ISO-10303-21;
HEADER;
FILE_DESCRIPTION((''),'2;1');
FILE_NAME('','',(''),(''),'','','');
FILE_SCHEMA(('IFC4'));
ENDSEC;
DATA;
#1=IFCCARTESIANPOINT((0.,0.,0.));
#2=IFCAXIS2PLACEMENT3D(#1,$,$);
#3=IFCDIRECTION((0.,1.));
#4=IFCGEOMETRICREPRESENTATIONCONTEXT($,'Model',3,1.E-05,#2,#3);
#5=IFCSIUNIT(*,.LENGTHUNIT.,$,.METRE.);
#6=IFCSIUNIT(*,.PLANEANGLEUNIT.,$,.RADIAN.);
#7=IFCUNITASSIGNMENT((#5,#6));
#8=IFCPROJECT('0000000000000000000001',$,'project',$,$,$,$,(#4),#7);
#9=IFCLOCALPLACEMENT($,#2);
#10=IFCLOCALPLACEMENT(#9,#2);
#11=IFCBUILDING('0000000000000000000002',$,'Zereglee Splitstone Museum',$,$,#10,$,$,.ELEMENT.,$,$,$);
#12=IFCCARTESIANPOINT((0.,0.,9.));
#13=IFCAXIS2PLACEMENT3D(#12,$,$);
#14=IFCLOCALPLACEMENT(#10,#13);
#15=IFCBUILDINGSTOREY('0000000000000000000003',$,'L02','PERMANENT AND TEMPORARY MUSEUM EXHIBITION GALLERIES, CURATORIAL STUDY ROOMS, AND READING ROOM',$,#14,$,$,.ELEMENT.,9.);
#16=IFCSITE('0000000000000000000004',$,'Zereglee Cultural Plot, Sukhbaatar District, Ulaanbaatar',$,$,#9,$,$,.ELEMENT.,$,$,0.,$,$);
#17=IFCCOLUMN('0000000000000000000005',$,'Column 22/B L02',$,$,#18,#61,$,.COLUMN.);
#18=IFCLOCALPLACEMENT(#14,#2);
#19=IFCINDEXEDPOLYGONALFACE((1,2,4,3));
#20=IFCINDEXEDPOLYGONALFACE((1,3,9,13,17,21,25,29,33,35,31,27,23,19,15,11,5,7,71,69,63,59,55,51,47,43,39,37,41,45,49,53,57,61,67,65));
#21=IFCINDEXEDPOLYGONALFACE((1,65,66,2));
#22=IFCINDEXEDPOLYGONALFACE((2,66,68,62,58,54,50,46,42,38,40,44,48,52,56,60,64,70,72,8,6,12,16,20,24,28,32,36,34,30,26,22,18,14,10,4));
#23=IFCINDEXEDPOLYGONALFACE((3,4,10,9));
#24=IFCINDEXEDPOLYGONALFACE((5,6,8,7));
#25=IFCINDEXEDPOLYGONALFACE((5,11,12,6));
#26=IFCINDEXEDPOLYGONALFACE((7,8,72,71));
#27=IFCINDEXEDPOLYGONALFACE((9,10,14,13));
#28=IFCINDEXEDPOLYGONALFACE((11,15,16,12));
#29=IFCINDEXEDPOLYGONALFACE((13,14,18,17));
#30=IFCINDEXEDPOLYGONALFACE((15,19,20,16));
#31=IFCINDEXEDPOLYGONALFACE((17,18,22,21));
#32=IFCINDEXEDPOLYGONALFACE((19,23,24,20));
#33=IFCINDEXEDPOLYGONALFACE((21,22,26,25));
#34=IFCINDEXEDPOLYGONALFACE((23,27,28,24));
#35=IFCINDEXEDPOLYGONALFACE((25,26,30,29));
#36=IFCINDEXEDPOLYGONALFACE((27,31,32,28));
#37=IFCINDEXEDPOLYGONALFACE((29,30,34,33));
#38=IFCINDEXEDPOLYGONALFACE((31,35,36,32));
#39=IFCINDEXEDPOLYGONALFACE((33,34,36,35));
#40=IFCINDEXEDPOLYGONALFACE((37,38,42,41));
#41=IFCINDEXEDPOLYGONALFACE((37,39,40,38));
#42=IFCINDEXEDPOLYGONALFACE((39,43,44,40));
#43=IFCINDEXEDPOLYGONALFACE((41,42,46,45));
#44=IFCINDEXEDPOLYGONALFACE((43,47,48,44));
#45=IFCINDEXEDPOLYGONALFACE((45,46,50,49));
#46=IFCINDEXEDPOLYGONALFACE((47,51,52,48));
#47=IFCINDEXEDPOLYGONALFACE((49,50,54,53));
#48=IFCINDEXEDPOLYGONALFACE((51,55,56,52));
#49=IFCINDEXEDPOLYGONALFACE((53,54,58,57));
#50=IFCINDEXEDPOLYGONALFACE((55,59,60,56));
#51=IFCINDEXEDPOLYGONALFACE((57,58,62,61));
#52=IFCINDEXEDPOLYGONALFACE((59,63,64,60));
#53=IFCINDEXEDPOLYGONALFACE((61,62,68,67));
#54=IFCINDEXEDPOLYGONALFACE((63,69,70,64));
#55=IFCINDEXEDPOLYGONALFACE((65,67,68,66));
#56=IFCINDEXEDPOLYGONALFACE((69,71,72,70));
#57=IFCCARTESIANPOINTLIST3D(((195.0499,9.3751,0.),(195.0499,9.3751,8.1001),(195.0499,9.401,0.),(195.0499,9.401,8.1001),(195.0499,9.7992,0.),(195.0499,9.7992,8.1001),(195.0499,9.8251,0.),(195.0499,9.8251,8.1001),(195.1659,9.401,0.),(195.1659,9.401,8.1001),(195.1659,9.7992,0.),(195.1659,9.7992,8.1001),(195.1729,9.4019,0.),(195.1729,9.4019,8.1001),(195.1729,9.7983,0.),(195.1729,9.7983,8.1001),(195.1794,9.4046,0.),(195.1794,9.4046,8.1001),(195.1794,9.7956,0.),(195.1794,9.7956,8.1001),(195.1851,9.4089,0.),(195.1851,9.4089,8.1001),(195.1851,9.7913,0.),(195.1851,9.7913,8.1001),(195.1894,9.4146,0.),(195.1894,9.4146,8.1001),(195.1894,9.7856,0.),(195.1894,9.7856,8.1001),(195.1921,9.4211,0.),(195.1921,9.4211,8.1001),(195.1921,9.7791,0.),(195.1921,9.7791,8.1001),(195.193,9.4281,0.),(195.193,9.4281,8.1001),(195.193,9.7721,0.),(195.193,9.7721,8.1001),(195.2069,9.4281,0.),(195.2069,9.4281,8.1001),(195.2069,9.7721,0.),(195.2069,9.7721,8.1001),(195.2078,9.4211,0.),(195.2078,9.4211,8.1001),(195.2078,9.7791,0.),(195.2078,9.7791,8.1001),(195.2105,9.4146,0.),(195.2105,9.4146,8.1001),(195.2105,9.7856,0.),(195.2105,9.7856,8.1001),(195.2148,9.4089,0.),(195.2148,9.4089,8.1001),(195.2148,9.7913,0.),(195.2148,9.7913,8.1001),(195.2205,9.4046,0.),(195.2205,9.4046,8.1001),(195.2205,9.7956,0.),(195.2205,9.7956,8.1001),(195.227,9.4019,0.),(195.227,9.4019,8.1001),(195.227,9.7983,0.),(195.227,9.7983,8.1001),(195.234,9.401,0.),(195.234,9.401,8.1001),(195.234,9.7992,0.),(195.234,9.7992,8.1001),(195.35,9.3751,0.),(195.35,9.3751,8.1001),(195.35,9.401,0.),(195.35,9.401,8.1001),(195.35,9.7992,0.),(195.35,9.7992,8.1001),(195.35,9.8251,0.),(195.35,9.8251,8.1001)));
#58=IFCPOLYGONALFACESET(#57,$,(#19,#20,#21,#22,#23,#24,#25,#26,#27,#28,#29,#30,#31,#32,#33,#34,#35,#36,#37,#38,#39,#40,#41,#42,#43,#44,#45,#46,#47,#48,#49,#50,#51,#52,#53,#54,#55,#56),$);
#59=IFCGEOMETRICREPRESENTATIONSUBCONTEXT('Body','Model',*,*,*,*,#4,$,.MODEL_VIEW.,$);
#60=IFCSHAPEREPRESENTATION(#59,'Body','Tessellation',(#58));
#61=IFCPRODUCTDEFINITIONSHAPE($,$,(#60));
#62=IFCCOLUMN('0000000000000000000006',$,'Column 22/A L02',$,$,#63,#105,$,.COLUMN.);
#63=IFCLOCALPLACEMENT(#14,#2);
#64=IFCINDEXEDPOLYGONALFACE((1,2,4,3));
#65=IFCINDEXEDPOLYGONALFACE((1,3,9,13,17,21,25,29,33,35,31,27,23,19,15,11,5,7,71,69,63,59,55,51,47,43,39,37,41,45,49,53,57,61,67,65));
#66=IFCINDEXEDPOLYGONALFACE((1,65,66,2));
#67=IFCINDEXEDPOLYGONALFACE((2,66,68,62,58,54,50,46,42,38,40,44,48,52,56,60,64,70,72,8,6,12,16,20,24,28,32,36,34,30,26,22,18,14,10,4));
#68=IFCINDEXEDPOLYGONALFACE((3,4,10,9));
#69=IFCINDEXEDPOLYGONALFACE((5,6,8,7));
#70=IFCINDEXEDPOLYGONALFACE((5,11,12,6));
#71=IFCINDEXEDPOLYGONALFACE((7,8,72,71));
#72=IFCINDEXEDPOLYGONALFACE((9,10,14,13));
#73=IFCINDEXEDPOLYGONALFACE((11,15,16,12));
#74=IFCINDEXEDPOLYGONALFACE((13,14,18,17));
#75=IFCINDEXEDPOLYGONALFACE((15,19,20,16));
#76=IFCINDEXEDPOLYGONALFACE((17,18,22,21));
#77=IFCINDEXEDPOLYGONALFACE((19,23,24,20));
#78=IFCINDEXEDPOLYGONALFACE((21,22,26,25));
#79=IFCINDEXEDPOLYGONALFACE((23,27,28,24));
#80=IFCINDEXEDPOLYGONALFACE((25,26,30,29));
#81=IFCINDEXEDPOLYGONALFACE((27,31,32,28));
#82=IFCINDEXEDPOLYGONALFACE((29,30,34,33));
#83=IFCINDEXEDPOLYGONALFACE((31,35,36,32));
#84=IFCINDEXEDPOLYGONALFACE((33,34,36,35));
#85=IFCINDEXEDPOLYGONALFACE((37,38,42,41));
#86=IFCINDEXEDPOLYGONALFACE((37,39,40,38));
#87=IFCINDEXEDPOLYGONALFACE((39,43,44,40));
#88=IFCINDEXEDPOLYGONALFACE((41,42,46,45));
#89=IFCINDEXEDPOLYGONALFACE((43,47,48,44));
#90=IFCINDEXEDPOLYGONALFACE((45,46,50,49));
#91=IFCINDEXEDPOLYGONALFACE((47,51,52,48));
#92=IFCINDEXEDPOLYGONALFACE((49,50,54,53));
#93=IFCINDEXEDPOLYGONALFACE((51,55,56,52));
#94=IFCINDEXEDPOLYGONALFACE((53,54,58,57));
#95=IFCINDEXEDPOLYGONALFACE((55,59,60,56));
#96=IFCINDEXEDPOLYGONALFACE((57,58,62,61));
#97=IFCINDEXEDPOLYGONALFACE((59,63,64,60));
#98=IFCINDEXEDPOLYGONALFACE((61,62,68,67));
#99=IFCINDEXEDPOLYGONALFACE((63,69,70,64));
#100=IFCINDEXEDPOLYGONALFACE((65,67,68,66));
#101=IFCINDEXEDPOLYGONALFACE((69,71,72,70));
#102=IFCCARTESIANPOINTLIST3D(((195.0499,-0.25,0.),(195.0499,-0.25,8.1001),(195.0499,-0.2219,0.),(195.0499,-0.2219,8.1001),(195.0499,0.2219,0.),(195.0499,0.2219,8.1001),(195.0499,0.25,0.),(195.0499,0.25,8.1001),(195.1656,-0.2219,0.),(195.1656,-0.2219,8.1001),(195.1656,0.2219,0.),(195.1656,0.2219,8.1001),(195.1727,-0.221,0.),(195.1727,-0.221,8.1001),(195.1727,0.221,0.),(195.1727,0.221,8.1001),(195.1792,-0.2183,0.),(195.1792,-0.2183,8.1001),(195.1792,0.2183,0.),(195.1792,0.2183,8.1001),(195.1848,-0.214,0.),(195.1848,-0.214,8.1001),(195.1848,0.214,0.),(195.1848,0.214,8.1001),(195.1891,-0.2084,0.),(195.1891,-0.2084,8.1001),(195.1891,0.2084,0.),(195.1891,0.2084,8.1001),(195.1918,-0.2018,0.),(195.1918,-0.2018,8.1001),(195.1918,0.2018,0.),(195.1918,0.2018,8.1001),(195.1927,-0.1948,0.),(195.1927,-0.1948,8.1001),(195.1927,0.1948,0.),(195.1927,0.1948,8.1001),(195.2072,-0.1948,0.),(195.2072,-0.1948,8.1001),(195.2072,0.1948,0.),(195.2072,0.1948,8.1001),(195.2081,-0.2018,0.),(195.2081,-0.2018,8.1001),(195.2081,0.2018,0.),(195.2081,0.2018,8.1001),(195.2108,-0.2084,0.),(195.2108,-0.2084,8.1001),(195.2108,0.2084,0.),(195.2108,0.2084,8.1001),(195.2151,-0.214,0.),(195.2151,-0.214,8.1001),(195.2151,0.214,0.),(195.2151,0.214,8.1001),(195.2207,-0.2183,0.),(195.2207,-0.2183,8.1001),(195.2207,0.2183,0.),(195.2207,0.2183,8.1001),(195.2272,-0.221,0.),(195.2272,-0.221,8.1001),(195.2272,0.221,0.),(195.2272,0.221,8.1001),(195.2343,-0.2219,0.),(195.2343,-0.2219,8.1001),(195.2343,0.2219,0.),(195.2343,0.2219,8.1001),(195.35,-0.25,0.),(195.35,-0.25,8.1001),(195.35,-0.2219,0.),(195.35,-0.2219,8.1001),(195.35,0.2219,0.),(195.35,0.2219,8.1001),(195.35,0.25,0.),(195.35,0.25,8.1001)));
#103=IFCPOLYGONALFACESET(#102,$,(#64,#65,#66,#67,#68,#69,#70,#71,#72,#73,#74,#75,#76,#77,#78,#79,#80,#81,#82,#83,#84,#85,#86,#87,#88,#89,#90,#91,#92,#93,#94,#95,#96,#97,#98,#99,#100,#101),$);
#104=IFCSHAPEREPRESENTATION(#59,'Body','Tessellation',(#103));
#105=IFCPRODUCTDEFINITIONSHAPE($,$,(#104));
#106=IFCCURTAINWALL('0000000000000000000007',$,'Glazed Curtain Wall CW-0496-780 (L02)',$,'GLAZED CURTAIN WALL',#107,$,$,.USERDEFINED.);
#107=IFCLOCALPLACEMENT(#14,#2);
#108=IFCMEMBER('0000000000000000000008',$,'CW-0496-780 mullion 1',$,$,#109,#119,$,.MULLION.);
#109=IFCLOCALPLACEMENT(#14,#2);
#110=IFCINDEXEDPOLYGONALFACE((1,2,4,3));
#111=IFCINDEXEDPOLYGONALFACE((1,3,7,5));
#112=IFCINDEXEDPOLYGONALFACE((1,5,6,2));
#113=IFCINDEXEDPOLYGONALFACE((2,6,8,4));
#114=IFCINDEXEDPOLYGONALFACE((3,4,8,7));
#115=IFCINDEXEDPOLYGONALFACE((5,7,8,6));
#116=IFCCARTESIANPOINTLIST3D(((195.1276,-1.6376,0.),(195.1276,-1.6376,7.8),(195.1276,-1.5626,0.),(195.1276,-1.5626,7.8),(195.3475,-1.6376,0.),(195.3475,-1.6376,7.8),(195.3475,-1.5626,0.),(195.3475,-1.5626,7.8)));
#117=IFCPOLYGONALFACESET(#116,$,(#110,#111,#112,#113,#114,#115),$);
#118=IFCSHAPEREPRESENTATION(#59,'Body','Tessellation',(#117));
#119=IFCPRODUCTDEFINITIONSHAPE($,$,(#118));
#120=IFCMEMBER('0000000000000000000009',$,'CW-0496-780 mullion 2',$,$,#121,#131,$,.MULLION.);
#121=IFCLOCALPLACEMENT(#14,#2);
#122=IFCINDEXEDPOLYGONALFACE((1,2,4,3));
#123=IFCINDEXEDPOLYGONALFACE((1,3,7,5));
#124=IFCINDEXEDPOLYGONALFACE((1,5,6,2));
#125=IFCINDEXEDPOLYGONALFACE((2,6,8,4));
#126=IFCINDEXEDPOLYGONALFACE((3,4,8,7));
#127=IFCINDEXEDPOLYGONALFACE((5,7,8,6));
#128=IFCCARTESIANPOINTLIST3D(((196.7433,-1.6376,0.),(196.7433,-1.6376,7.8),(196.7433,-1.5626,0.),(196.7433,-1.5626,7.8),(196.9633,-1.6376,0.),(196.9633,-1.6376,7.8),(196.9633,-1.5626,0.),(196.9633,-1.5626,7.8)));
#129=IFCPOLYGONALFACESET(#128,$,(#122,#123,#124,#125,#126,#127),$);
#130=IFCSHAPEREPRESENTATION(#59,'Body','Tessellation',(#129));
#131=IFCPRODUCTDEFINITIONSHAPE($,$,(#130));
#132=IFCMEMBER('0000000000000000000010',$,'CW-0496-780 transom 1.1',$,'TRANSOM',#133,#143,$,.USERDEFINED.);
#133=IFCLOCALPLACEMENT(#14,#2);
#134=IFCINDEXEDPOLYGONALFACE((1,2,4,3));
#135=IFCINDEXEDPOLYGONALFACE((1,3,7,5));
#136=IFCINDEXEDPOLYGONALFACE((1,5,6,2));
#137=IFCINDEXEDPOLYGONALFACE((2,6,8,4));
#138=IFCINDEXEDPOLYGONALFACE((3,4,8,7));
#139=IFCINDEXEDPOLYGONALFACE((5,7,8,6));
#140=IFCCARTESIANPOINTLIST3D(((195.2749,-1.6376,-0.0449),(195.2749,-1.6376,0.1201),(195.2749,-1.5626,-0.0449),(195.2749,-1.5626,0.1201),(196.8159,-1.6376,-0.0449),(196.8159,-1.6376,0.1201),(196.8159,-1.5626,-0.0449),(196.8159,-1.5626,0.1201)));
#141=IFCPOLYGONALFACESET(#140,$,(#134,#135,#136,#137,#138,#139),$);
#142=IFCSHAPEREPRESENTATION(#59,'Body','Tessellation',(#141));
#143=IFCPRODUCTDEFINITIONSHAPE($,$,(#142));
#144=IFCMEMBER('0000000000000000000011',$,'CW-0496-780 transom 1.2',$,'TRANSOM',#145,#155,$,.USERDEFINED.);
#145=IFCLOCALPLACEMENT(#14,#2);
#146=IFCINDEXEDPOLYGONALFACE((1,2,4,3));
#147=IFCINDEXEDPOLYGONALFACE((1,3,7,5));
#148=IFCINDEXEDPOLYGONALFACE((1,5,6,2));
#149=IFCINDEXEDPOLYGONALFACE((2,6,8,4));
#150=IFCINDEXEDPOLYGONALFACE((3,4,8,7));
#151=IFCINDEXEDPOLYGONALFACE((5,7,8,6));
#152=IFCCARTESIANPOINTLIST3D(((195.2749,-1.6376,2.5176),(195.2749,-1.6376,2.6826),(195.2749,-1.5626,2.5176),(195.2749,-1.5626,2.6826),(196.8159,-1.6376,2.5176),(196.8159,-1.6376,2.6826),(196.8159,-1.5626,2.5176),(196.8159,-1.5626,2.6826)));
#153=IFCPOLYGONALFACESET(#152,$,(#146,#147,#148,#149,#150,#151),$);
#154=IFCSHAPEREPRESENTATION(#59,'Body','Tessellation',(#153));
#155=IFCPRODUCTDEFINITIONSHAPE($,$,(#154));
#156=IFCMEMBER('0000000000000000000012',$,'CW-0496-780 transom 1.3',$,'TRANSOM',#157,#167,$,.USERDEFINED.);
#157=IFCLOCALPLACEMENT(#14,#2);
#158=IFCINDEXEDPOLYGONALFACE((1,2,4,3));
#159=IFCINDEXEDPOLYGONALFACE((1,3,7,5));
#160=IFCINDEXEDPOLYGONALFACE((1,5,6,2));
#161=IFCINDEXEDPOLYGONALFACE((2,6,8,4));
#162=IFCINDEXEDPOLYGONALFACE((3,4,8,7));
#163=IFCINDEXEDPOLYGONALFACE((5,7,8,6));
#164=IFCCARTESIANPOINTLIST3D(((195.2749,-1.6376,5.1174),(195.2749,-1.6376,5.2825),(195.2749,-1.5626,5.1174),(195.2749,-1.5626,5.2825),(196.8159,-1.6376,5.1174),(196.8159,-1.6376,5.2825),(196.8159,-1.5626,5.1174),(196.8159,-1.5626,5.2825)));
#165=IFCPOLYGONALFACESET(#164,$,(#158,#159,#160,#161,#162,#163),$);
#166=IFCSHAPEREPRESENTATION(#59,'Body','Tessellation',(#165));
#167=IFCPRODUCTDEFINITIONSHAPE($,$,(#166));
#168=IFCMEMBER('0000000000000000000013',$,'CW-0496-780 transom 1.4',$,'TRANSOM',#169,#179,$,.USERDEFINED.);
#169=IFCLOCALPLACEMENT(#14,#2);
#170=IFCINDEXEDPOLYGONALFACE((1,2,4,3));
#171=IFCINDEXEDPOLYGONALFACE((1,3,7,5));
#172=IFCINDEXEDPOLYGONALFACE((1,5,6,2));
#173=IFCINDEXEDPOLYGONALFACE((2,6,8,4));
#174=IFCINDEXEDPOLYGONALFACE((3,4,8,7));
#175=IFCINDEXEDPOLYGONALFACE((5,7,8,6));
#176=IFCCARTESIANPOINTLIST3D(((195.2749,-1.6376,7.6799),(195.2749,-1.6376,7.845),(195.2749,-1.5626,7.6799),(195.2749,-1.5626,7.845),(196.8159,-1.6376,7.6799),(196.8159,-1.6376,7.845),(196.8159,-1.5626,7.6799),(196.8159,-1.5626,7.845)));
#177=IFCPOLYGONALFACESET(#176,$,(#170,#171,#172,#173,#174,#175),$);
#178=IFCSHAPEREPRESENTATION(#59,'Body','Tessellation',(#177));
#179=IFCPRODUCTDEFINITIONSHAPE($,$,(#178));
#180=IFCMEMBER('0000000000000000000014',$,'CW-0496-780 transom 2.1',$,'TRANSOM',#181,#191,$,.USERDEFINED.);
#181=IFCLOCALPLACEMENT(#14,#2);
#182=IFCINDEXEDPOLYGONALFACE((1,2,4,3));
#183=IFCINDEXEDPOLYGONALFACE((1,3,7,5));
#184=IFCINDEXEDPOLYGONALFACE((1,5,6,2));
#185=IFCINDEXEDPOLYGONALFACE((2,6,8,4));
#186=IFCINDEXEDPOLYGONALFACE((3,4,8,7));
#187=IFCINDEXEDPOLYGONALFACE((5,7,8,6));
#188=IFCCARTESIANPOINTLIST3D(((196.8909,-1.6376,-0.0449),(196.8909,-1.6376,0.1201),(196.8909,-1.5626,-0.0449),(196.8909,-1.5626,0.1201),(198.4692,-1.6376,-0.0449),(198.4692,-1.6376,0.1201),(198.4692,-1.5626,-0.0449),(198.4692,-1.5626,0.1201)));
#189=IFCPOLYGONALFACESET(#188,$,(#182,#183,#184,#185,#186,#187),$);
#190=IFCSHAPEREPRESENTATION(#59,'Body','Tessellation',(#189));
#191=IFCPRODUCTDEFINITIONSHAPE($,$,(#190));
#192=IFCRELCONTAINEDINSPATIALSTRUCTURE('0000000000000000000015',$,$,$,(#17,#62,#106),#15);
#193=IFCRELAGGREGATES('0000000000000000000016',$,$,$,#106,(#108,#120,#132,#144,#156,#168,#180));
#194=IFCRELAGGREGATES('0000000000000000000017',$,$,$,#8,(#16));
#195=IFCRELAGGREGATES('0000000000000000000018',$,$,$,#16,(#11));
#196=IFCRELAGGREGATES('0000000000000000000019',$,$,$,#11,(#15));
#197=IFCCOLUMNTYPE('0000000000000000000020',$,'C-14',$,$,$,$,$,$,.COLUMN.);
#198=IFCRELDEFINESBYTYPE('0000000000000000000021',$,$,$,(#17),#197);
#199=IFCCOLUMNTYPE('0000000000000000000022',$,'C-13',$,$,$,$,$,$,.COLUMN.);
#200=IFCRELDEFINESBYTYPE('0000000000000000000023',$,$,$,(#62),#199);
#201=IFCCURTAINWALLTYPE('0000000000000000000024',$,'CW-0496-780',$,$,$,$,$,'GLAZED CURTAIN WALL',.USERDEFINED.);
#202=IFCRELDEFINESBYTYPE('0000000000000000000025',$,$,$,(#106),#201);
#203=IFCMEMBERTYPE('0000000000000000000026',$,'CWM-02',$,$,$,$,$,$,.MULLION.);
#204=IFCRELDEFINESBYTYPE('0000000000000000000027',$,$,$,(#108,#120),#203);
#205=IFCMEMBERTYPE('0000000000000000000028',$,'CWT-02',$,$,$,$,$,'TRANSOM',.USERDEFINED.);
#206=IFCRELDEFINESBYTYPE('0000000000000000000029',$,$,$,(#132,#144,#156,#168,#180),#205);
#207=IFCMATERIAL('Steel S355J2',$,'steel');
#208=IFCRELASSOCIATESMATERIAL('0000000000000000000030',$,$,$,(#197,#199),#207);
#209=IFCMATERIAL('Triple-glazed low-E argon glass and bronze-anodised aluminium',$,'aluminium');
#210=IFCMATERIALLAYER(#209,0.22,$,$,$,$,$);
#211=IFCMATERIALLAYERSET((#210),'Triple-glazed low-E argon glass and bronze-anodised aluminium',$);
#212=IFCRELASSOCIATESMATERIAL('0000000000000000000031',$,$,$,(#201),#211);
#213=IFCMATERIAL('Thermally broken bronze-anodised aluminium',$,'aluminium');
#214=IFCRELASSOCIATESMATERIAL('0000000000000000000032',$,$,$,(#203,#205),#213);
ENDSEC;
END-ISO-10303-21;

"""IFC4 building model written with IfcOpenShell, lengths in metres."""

from ifc_helpers import new_model, si_unit, direction, frame, origin, origin_2d, place, context, subcontext, project, spatial, rectangle, i_section, extrude, material, layer, layer_set, material_profile, profile_set, type_object, element, aggregate, save


model = new_model("IFC4")

# Units and contexts
model_context = context("Model", 3, precision=1e-05, world=origin(), true_north=direction((0.0, 1.0)))
body_context = subcontext(model_context, "Body", "Model", "MODEL_VIEW")
ifc_project = project(units=[si_unit("LENGTHUNIT", "METRE"), si_unit("PLANEANGLEUNIT", "RADIAN")], contexts=[model_context])

# Site, building, storey
site_placement = place(None, origin())
site = spatial("IfcSite", under=ifc_project, at=site_placement, Name="Zereglee Cultural Plot, Sukhbaatar District, Ulaanbaatar", CompositionType="ELEMENT", RefElevation=0.0)
building_placement = place(site_placement, origin())
building = spatial("IfcBuilding", under=site, at=building_placement, Name="Zereglee Splitstone Museum", CompositionType="ELEMENT")
storey_placement = place(building_placement, frame((0.0, 0.0, 9.0)))
storey = spatial("IfcBuildingStorey", under=building, at=storey_placement, Name="L02", Description="PERMANENT AND TEMPORARY MUSEUM EXHIBITION GALLERIES, CURATORIAL STUDY ROOMS, AND READING ROOM", CompositionType="ELEMENT", Elevation=9.0)

# Columns
ifc_material_1 = material(Name="Steel S355J2", Category="steel")
ifc_material_profile_1 = material_profile(ifc_material_1, i_section(OverallWidth=0.3, OverallDepth=0.45, WebThickness=0.0139, FlangeThickness=0.0259, FilletRadius=0.0271, at=origin_2d()), Name="HE 450 B")
ifc_profile_set_1 = profile_set([ifc_material_profile_1], Name="Steel S355J2")
column_type_1 = type_object("IfcColumnType", Name="C-14", PredefinedType="COLUMN", material=ifc_profile_set_1)
column_1_placement = place(storey_placement, frame((195.2, 9.6001, 0.0), z_axis=(0.0, 0.0, 1.0), x_axis=(1.0, 0.0, 0.0)))
element("IfcColumn", 1, at=column_1_placement, inside=storey, type_object=column_type_1, Name="Column 22/B L02", PredefinedType="COLUMN", context=body_context, shape_type="SweptSolid", body=[
    extrude(i_section(OverallWidth=0.3, OverallDepth=0.45, WebThickness=0.0139, FlangeThickness=0.0259, FilletRadius=0.0271, at=origin_2d()), origin(), (0.0, 0.0, 1.0), 8.1001),
])
ifc_material_profile_2 = material_profile(ifc_material_1, i_section(OverallWidth=0.3, OverallDepth=0.5, WebThickness=0.0144, FlangeThickness=0.0281, FilletRadius=0.0271, at=origin_2d()), Name="HE 500 B")
ifc_profile_set_2 = profile_set([ifc_material_profile_2], Name="Steel S355J2")
column_type_2 = type_object("IfcColumnType", Name="C-13", PredefinedType="COLUMN", material=ifc_profile_set_2)
column_2_placement = place(storey_placement, frame((195.2, 0.0, 0.0), z_axis=(0.0, 0.0, 1.0), x_axis=(1.0, 0.0, 0.0)))
element("IfcColumn", 2, at=column_2_placement, inside=storey, type_object=column_type_2, Name="Column 22/A L02", PredefinedType="COLUMN", context=body_context, shape_type="SweptSolid", body=[
    extrude(i_section(OverallWidth=0.3, OverallDepth=0.5, WebThickness=0.0144, FlangeThickness=0.0281, FilletRadius=0.0271, at=origin_2d()), origin(), (0.0, 0.0, 1.0), 8.1001),
])

# Curtain wall, members
ifc_material_2 = material(Name="Triple-glazed low-E argon glass and bronze-anodised aluminium", Category="aluminium")
ifc_layer_1 = layer(ifc_material_2, 0.22)
ifc_layer_set_1 = layer_set([ifc_layer_1], Name="Triple-glazed low-E argon glass and bronze-anodised aluminium")
curtain_wall_type = type_object("IfcCurtainWallType", Name="CW-0496-780", ElementType="GLAZED CURTAIN WALL", PredefinedType="USERDEFINED", material=ifc_layer_set_1)
curtain_wall_placement = place(storey_placement, origin())
curtain_wall = element("IfcCurtainWall", 3, at=curtain_wall_placement, inside=storey, type_object=curtain_wall_type, Name="Glazed Curtain Wall CW-0496-780 (L02)", ObjectType="GLAZED CURTAIN WALL", PredefinedType="USERDEFINED")
ifc_material_3 = material(Name="Thermally broken bronze-anodised aluminium", Category="aluminium")
ifc_material_profile_3 = material_profile(ifc_material_3, rectangle(XDim=0.075, YDim=0.22, at=origin_2d()), Name="CW MULL 75x220")
ifc_profile_set_3 = profile_set([ifc_material_profile_3], Name="Thermally broken bronze-anodised aluminium")
member_type_1 = type_object("IfcMemberType", Name="CWM-02", PredefinedType="MULLION", material=ifc_profile_set_3)
member_1_placement = place(storey_placement, frame((195.2375, -1.6001, 0.0), z_axis=(0.0, 0.0, 1.0), x_axis=(0.0, 1.0, 0.0)))
member_1 = element("IfcMember", 4, at=member_1_placement, type_object=member_type_1, Name="CW-0496-780 mullion 1", PredefinedType="MULLION", context=body_context, shape_type="SweptSolid", body=[
    extrude(rectangle(XDim=0.075, YDim=0.22, at=origin_2d()), origin(), (0.0, 0.0, 1.0), 7.8),
])
member_2_placement = place(storey_placement, frame((196.8533, -1.6001, 0.0), z_axis=(0.0, 0.0, 1.0), x_axis=(0.0, 1.0, 0.0)))
member_2 = element("IfcMember", 5, at=member_2_placement, type_object=member_type_1, Name="CW-0496-780 mullion 2", PredefinedType="MULLION", context=body_context, shape_type="SweptSolid", body=[
    extrude(rectangle(XDim=0.075, YDim=0.22, at=origin_2d()), origin(), (0.0, 0.0, 1.0), 7.8),
])
ifc_material_profile_4 = material_profile(ifc_material_3, rectangle(XDim=0.075, YDim=0.165, at=origin_2d()), Name="CW TRAN 75x165")
ifc_profile_set_4 = profile_set([ifc_material_profile_4], Name="Thermally broken bronze-anodised aluminium")
member_type_2 = type_object("IfcMemberType", Name="CWT-02", ElementType="TRANSOM", PredefinedType="USERDEFINED", material=ifc_profile_set_4)
member_3_placement = place(storey_placement, frame((195.2749, -1.6001, 0.0376), z_axis=(1.0, 0.0, 0.0), x_axis=(0.0, 1.0, 0.0)))
member_3 = element("IfcMember", 6, at=member_3_placement, type_object=member_type_2, Name="CW-0496-780 transom 1.1", ObjectType="TRANSOM", PredefinedType="USERDEFINED", context=body_context, shape_type="SweptSolid", body=[
    extrude(rectangle(XDim=0.075, YDim=0.165, at=origin_2d()), origin(), (0.0, 0.0, 1.0), 1.541),
])
member_4_placement = place(storey_placement, frame((195.2749, -1.6001, 2.6001), z_axis=(1.0, 0.0, 0.0), x_axis=(0.0, 1.0, 0.0)))
member_4 = element("IfcMember", 7, at=member_4_placement, type_object=member_type_2, Name="CW-0496-780 transom 1.2", ObjectType="TRANSOM", PredefinedType="USERDEFINED", context=body_context, shape_type="SweptSolid", body=[
    extrude(rectangle(XDim=0.075, YDim=0.165, at=origin_2d()), origin(), (0.0, 0.0, 1.0), 1.541),
])
member_5_placement = place(storey_placement, frame((195.2749, -1.6001, 5.2), z_axis=(1.0, 0.0, 0.0), x_axis=(0.0, 1.0, 0.0)))
member_5 = element("IfcMember", 8, at=member_5_placement, type_object=member_type_2, Name="CW-0496-780 transom 1.3", ObjectType="TRANSOM", PredefinedType="USERDEFINED", context=body_context, shape_type="SweptSolid", body=[
    extrude(rectangle(XDim=0.075, YDim=0.165, at=origin_2d()), origin(), (0.0, 0.0, 1.0), 1.541),
])
member_6_placement = place(storey_placement, frame((195.2749, -1.6001, 7.7625), z_axis=(1.0, 0.0, 0.0), x_axis=(0.0, 1.0, 0.0)))
member_6 = element("IfcMember", 9, at=member_6_placement, type_object=member_type_2, Name="CW-0496-780 transom 1.4", ObjectType="TRANSOM", PredefinedType="USERDEFINED", context=body_context, shape_type="SweptSolid", body=[
    extrude(rectangle(XDim=0.075, YDim=0.165, at=origin_2d()), origin(), (0.0, 0.0, 1.0), 1.541),
])
member_7_placement = place(storey_placement, frame((196.8909, -1.6001, 0.0376), z_axis=(1.0, 0.0, 0.0), x_axis=(0.0, 1.0, 0.0)))
member_7 = element("IfcMember", 10, at=member_7_placement, type_object=member_type_2, Name="CW-0496-780 transom 2.1", ObjectType="TRANSOM", PredefinedType="USERDEFINED", context=body_context, shape_type="SweptSolid", body=[
    extrude(rectangle(XDim=0.075, YDim=0.165, at=origin_2d()), origin(), (0.0, 0.0, 1.0), 1.5784),
])

aggregate(curtain_wall, [member_1, member_2, member_3, member_4, member_5, member_6, member_7])

save(model, "model.ifc")
